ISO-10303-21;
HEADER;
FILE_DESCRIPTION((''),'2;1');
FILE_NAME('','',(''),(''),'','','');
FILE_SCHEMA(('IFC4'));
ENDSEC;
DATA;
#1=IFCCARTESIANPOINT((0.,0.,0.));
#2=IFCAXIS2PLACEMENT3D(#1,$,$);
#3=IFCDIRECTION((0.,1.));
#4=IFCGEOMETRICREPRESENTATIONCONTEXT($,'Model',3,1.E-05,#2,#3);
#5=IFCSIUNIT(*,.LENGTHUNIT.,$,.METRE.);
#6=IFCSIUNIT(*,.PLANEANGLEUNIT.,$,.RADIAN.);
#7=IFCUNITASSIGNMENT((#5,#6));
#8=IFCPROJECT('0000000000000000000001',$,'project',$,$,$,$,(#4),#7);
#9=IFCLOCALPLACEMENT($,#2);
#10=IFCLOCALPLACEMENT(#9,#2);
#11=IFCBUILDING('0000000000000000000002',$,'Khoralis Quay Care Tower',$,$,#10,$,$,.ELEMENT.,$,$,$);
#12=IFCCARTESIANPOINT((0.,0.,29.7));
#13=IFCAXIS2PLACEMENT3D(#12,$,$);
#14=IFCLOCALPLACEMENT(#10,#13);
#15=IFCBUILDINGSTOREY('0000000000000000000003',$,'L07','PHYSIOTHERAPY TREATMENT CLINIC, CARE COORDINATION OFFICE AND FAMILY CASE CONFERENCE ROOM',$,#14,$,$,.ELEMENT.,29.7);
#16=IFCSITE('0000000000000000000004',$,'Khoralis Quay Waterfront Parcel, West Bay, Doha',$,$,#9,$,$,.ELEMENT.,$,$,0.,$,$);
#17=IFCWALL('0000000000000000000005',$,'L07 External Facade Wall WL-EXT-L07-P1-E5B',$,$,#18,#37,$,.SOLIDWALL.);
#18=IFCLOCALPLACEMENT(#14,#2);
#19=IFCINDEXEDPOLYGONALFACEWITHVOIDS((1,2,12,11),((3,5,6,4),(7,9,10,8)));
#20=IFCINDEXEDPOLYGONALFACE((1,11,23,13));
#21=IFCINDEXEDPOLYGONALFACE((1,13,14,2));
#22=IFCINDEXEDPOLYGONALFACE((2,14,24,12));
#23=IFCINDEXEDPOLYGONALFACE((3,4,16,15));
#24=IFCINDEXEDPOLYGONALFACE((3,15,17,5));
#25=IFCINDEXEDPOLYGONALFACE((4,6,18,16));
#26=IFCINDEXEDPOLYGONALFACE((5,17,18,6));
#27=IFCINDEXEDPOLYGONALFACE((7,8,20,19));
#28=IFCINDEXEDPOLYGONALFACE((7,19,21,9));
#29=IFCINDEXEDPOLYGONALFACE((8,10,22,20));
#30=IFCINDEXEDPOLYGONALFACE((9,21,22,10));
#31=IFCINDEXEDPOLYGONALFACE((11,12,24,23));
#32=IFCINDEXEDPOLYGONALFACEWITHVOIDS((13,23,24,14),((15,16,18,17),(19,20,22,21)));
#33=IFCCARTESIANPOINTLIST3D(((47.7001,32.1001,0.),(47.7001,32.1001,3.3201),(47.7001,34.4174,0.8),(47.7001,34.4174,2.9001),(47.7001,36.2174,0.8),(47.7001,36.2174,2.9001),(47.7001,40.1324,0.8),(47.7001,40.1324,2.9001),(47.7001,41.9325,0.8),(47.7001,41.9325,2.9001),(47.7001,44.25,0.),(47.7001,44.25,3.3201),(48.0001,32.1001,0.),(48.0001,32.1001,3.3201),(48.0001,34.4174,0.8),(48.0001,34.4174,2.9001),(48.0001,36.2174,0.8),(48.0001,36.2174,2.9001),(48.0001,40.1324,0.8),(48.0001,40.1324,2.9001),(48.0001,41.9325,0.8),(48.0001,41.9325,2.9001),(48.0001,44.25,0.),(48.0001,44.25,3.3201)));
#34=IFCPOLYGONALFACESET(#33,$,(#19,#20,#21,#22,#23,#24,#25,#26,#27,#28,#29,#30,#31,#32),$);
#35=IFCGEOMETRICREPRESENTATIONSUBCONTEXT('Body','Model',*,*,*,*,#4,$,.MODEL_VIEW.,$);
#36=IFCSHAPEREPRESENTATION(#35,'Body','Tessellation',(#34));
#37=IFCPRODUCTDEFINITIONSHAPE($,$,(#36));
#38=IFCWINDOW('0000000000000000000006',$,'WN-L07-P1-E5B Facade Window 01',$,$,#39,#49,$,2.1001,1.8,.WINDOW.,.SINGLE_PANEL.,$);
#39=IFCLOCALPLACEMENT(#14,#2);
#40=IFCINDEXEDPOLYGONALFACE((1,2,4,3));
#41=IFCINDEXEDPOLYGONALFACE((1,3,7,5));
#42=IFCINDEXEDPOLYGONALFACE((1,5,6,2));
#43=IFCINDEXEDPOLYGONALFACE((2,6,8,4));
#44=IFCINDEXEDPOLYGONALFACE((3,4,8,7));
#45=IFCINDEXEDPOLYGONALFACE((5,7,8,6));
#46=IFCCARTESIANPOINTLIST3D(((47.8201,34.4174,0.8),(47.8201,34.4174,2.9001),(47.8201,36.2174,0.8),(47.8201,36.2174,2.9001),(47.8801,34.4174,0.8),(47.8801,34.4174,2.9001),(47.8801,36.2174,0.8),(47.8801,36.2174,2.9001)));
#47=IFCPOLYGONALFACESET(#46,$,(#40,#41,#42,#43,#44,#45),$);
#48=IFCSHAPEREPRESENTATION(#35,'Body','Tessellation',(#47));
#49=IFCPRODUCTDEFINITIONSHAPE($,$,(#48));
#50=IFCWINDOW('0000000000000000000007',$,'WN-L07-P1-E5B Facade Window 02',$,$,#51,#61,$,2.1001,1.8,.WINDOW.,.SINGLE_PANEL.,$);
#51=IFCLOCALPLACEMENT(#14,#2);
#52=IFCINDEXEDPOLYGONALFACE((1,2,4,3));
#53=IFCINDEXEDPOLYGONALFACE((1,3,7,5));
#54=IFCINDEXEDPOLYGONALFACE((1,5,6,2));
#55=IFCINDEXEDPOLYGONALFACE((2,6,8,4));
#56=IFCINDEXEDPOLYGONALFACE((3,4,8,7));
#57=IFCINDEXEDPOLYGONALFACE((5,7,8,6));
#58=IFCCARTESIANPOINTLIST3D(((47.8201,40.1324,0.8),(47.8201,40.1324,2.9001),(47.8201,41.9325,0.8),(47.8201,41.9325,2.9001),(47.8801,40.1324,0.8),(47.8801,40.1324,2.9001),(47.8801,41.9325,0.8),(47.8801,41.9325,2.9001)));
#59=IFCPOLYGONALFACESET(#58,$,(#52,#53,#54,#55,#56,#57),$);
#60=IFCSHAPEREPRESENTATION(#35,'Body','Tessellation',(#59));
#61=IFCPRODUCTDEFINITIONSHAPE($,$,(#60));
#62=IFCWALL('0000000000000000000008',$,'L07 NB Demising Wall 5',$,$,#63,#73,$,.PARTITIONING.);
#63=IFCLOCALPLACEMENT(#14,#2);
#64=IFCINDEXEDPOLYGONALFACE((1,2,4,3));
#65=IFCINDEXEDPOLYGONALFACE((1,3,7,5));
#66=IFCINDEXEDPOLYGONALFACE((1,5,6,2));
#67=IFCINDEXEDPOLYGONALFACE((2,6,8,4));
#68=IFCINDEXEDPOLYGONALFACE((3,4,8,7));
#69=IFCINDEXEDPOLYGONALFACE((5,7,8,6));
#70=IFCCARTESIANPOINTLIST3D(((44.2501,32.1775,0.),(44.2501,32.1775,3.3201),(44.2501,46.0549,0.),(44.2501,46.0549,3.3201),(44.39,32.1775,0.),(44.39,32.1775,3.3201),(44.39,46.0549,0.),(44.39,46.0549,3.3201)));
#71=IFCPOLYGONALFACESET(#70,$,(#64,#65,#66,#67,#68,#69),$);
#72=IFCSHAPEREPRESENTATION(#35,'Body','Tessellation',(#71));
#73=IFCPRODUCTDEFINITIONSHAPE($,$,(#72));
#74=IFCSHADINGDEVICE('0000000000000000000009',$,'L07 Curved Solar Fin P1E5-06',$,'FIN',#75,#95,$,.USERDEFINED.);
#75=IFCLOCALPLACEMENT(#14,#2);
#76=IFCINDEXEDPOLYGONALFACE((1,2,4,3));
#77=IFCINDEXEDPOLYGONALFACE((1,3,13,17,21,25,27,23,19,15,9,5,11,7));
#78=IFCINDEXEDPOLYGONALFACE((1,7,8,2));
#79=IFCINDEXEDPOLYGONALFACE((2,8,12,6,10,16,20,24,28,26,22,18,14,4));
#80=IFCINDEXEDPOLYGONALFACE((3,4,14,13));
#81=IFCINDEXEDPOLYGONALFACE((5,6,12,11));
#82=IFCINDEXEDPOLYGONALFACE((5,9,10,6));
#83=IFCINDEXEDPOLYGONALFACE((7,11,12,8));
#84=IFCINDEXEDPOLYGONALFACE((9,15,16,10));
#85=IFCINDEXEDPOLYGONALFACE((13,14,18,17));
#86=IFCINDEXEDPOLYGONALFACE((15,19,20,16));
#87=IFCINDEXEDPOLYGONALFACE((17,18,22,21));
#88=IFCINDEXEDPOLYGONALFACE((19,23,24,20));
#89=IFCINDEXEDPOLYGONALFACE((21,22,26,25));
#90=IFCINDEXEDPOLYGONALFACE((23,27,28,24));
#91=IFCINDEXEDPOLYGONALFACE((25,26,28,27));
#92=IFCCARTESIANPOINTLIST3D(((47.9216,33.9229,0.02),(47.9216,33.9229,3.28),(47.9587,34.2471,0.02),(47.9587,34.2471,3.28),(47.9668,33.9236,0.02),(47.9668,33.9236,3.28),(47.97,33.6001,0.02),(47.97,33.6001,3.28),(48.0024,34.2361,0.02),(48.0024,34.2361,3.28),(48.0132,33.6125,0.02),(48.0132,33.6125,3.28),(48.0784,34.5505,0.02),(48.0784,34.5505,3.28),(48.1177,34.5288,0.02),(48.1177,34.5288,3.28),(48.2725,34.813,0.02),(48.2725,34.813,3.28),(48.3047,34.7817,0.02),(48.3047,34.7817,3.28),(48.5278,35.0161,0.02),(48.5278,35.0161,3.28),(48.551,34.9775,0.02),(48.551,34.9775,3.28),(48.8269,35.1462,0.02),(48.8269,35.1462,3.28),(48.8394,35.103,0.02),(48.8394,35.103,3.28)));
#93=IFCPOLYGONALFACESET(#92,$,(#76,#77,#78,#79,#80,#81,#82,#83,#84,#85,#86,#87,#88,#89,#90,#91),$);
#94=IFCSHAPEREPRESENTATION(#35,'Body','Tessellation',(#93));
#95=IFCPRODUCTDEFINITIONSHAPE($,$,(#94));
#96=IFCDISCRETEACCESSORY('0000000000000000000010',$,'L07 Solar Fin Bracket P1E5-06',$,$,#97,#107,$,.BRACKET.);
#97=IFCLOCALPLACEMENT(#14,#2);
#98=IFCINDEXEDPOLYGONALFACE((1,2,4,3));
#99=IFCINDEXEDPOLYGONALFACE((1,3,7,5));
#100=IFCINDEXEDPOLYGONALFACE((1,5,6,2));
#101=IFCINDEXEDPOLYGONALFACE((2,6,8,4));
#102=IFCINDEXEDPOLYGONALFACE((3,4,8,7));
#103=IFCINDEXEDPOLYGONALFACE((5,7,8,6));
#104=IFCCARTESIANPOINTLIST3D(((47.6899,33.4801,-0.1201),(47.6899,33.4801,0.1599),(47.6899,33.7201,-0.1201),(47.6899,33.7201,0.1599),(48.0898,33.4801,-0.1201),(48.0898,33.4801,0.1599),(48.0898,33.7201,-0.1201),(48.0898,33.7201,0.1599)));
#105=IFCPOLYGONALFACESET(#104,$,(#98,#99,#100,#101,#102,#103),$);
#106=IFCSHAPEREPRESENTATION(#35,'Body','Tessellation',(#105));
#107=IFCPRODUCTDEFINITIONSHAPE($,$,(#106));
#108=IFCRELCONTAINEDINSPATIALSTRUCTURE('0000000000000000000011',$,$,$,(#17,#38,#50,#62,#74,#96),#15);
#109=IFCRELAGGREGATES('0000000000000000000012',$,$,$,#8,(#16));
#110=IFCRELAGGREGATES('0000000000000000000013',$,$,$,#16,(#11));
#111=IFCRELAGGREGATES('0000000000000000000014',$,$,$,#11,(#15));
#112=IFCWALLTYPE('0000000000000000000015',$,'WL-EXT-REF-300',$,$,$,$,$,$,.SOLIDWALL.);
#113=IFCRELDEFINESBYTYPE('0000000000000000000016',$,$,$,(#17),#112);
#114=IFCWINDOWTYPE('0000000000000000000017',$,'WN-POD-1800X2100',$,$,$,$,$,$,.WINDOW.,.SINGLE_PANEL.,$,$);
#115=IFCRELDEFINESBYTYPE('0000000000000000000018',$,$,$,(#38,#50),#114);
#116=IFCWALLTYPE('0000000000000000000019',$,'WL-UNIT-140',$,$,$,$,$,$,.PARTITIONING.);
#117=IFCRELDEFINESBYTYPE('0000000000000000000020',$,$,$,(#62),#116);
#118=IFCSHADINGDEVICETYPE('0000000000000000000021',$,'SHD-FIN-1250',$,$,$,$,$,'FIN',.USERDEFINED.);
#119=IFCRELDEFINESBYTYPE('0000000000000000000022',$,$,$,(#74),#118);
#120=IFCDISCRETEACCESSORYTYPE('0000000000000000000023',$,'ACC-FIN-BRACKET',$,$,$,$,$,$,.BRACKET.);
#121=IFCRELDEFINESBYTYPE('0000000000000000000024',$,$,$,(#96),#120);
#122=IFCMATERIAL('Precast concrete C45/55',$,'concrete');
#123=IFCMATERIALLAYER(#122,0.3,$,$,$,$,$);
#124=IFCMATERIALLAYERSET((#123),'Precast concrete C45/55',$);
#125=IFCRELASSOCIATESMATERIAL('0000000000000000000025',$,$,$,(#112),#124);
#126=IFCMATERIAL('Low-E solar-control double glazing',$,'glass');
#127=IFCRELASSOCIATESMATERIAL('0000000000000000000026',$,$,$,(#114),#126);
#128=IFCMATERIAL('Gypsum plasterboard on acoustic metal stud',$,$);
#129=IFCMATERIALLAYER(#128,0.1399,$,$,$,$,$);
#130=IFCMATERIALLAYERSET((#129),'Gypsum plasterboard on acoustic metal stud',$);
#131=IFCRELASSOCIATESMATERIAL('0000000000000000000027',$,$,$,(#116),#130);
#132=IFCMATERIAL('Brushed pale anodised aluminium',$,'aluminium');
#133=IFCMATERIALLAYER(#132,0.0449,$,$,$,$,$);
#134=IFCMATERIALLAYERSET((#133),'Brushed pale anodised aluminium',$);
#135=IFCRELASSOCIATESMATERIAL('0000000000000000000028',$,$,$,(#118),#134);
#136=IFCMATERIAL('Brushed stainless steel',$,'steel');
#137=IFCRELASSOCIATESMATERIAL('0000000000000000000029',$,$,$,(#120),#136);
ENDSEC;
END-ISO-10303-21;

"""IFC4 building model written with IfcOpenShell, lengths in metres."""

from ifc_helpers import new_model, si_unit, direction, frame, frame_2d, origin, origin_2d, place, context, subcontext, project, spatial, polyline, rectangle, outline, extrude, source, transform, mapped, material, layer, layer_set, type_object, element, fill, save


model = new_model("IFC4")

# Units and contexts
model_context = context("Model", 3, precision=1e-05, world=origin(), true_north=direction((0.0, 1.0)))
body_context = subcontext(model_context, "Body", "Model", "MODEL_VIEW")
ifc_project = project(units=[si_unit("LENGTHUNIT", "METRE"), si_unit("PLANEANGLEUNIT", "RADIAN")], contexts=[model_context])

# Site, building, storey
site_placement = place(None, origin())
site = spatial("IfcSite", under=ifc_project, at=site_placement, Name="Khoralis Quay Waterfront Parcel, West Bay, Doha", CompositionType="ELEMENT", RefElevation=0.0)
building_placement = place(site_placement, origin())
building = spatial("IfcBuilding", under=site, at=building_placement, Name="Khoralis Quay Care Tower", CompositionType="ELEMENT")
storey_placement = place(building_placement, frame((0.0, 0.0, 29.7)))
storey = spatial("IfcBuildingStorey", under=building, at=storey_placement, Name="L07", Description="PHYSIOTHERAPY TREATMENT CLINIC, CARE COORDINATION OFFICE AND FAMILY CASE CONFERENCE ROOM", CompositionType="ELEMENT", Elevation=29.7)

# Shared definitions
ifc_material_1 = material(Name="Low-E solar-control double glazing", Category="glass")

# Wall, openings, windows
ifc_material_2 = material(Name="Precast concrete C45/55", Category="concrete")
ifc_layer_1 = layer(ifc_material_2, 0.3)
ifc_layer_set_1 = layer_set([ifc_layer_1], Name="Precast concrete C45/55")
wall_type_1 = type_object("IfcWallType", Name="WL-EXT-REF-300", PredefinedType="SOLIDWALL", material=ifc_layer_set_1)
wall_1_placement = place(storey_placement, frame((47.8501, 32.1001, 0.0), z_axis=(0.0, 0.0, 1.0), x_axis=(0.0, 1.0, 0.0)))
wall_1 = element("IfcWall", 1, at=wall_1_placement, inside=storey, type_object=wall_type_1, Name="L07 External Facade Wall WL-EXT-L07-P1-E5B", PredefinedType="SOLIDWALL", context=body_context, shape_type="SweptSolid", body=[
    extrude(rectangle(XDim=12.1499, YDim=0.3, at=frame_2d((6.075, 0.0))), origin(), (0.0, 0.0, 1.0), 3.3201),
])
opening_1_placement = place(wall_1_placement, frame((2.3174, 0.0, 0.8)))
opening_1 = element("IfcOpeningElement", 2, at=opening_1_placement, cuts=wall_1, PredefinedType="OPENING", context=body_context, shape_type="SweptSolid", body=[
    extrude(rectangle(XDim=1.8, YDim=2.1001, at=frame_2d((0.8999, 1.05))), frame((0.0, 0.1602, 0.0), z_axis=(0.0, -1.0, 0.0), x_axis=(1.0, 0.0, 0.0)), (0.0, 0.0, 1.0), 0.3201),
])
opening_2_placement = place(wall_1_placement, frame((8.0325, 0.0, 0.8)))
opening_2 = element("IfcOpeningElement", 3, at=opening_2_placement, cuts=wall_1, PredefinedType="OPENING", context=body_context, shape_type="SweptSolid", body=[
    extrude(rectangle(XDim=1.8, YDim=2.1001, at=frame_2d((0.8999, 1.05))), frame((0.0, 0.1602, 0.0), z_axis=(0.0, -1.0, 0.0), x_axis=(1.0, 0.0, 0.0)), (0.0, 0.0, 1.0), 0.3201),
])
window_type = type_object("IfcWindowType", Name="WN-POD-1800X2100", PartitioningType="SINGLE_PANEL", PredefinedType="WINDOW", material=ifc_material_1)
shared_shape_1 = source(origin(), body_context, "Body", "SweptSolid", [
    extrude(rectangle(XDim=1.8, YDim=2.1001, at=frame_2d((0.8999, 1.05))), frame((0.0, 0.03, 0.0), z_axis=(0.0, -1.0, 0.0), x_axis=(1.0, 0.0, 0.0)), (0.0, 0.0, 1.0), 0.0601),
])
window_1_placement = place(opening_1_placement, origin())
window_1 = element("IfcWindow", 4, at=window_1_placement, inside=storey, type_object=window_type, Name="WN-L07-P1-E5B Facade Window 01", OverallHeight=2.1001, OverallWidth=1.8, PartitioningType="SINGLE_PANEL", PredefinedType="WINDOW", context=body_context, shape_type="MappedRepresentation", body=[
    mapped(shared_shape_1, transform((0.0, 0.0, 0.0), scale=1.0)),
])
fill(opening_1, window_1)
window_2_placement = place(opening_2_placement, origin())
window_2 = element("IfcWindow", 5, at=window_2_placement, inside=storey, type_object=window_type, Name="WN-L07-P1-E5B Facade Window 02", OverallHeight=2.1001, OverallWidth=1.8, PartitioningType="SINGLE_PANEL", PredefinedType="WINDOW", context=body_context, shape_type="MappedRepresentation", body=[
    mapped(shared_shape_1, transform((0.0, 0.0, 0.0), scale=1.0)),
])
fill(opening_2, window_2)

# Wall
ifc_material_3 = material(Name="Gypsum plasterboard on acoustic metal stud")
ifc_layer_2 = layer(ifc_material_3, 0.1399)
ifc_layer_set_2 = layer_set([ifc_layer_2], Name="Gypsum plasterboard on acoustic metal stud")
wall_type_2 = type_object("IfcWallType", Name="WL-UNIT-140", PredefinedType="PARTITIONING", material=ifc_layer_set_2)
wall_2_placement = place(storey_placement, frame((44.3201, 32.1775, 0.0), z_axis=(0.0, 0.0, 1.0), x_axis=(0.0, 1.0, 0.0)))
element("IfcWall", 6, at=wall_2_placement, inside=storey, type_object=wall_type_2, Name="L07 NB Demising Wall 5", PredefinedType="PARTITIONING", context=body_context, shape_type="SweptSolid", body=[
    extrude(rectangle(XDim=13.8774, YDim=0.1399, at=frame_2d((6.9387, 0.0))), origin(), (0.0, 0.0, 1.0), 3.3201),
])

# Shading device
ifc_material_4 = material(Name="Brushed pale anodised aluminium", Category="aluminium")
ifc_layer_3 = layer(ifc_material_4, 0.0449)
ifc_layer_set_3 = layer_set([ifc_layer_3], Name="Brushed pale anodised aluminium")
shading_device_type = type_object("IfcShadingDeviceType", Name="SHD-FIN-1250", ElementType="FIN", PredefinedType="USERDEFINED", material=ifc_layer_set_3)
shared_shape_2 = source(origin(), body_context, "Body", "SweptSolid", [
    extrude(outline(polyline([(0.0, 0.0), (-0.0483, 0.3228), (-0.0112, 0.647), (0.1084, 0.9504), (0.3025, 1.2129), (0.5579, 1.416), (0.8569, 1.5461), (0.8694, 1.5029), (0.5811, 1.3774), (0.3347, 1.1816), (0.1477, 0.9287), (0.0325, 0.636), (-0.0032, 0.3235), (0.0432, 0.0125), (0.0, 0.0)])), origin(), (0.0, 0.0, 1.0), 3.26),
])
shading_device_placement = place(storey_placement, frame((47.97, 33.6001, 0.02), z_axis=(0.0, 0.0, 1.0), x_axis=(1.0, 0.0, 0.0)))
element("IfcShadingDevice", 7, at=shading_device_placement, inside=storey, type_object=shading_device_type, Name="L07 Curved Solar Fin P1E5-06", ObjectType="FIN", PredefinedType="USERDEFINED", context=body_context, shape_type="MappedRepresentation", body=[
    mapped(shared_shape_2, transform((0.0, 0.0, 0.0), scale=1.0)),
])

# Discrete accessory
ifc_material_5 = material(Name="Brushed stainless steel", Category="steel")
discrete_accessory_type = type_object("IfcDiscreteAccessoryType", Name="ACC-FIN-BRACKET", PredefinedType="BRACKET", material=ifc_material_5)
shared_shape_3 = source(origin(), body_context, "Body", "SweptSolid", [
    extrude(rectangle(XDim=0.3999, YDim=0.24, at=origin_2d()), origin(), (0.0, 0.0, 1.0), 0.28),
])
discrete_accessory_placement = place(storey_placement, frame((47.8899, 33.6001, -0.1201), z_axis=(0.0, 0.0, 1.0), x_axis=(1.0, 0.0, 0.0)))
element("IfcDiscreteAccessory", 8, at=discrete_accessory_placement, inside=storey, type_object=discrete_accessory_type, Name="L07 Solar Fin Bracket P1E5-06", PredefinedType="BRACKET", context=body_context, shape_type="MappedRepresentation", body=[
    mapped(shared_shape_3, transform((0.0, 0.0, 0.0), scale=1.0)),
])

save(model, "model.ifc")
